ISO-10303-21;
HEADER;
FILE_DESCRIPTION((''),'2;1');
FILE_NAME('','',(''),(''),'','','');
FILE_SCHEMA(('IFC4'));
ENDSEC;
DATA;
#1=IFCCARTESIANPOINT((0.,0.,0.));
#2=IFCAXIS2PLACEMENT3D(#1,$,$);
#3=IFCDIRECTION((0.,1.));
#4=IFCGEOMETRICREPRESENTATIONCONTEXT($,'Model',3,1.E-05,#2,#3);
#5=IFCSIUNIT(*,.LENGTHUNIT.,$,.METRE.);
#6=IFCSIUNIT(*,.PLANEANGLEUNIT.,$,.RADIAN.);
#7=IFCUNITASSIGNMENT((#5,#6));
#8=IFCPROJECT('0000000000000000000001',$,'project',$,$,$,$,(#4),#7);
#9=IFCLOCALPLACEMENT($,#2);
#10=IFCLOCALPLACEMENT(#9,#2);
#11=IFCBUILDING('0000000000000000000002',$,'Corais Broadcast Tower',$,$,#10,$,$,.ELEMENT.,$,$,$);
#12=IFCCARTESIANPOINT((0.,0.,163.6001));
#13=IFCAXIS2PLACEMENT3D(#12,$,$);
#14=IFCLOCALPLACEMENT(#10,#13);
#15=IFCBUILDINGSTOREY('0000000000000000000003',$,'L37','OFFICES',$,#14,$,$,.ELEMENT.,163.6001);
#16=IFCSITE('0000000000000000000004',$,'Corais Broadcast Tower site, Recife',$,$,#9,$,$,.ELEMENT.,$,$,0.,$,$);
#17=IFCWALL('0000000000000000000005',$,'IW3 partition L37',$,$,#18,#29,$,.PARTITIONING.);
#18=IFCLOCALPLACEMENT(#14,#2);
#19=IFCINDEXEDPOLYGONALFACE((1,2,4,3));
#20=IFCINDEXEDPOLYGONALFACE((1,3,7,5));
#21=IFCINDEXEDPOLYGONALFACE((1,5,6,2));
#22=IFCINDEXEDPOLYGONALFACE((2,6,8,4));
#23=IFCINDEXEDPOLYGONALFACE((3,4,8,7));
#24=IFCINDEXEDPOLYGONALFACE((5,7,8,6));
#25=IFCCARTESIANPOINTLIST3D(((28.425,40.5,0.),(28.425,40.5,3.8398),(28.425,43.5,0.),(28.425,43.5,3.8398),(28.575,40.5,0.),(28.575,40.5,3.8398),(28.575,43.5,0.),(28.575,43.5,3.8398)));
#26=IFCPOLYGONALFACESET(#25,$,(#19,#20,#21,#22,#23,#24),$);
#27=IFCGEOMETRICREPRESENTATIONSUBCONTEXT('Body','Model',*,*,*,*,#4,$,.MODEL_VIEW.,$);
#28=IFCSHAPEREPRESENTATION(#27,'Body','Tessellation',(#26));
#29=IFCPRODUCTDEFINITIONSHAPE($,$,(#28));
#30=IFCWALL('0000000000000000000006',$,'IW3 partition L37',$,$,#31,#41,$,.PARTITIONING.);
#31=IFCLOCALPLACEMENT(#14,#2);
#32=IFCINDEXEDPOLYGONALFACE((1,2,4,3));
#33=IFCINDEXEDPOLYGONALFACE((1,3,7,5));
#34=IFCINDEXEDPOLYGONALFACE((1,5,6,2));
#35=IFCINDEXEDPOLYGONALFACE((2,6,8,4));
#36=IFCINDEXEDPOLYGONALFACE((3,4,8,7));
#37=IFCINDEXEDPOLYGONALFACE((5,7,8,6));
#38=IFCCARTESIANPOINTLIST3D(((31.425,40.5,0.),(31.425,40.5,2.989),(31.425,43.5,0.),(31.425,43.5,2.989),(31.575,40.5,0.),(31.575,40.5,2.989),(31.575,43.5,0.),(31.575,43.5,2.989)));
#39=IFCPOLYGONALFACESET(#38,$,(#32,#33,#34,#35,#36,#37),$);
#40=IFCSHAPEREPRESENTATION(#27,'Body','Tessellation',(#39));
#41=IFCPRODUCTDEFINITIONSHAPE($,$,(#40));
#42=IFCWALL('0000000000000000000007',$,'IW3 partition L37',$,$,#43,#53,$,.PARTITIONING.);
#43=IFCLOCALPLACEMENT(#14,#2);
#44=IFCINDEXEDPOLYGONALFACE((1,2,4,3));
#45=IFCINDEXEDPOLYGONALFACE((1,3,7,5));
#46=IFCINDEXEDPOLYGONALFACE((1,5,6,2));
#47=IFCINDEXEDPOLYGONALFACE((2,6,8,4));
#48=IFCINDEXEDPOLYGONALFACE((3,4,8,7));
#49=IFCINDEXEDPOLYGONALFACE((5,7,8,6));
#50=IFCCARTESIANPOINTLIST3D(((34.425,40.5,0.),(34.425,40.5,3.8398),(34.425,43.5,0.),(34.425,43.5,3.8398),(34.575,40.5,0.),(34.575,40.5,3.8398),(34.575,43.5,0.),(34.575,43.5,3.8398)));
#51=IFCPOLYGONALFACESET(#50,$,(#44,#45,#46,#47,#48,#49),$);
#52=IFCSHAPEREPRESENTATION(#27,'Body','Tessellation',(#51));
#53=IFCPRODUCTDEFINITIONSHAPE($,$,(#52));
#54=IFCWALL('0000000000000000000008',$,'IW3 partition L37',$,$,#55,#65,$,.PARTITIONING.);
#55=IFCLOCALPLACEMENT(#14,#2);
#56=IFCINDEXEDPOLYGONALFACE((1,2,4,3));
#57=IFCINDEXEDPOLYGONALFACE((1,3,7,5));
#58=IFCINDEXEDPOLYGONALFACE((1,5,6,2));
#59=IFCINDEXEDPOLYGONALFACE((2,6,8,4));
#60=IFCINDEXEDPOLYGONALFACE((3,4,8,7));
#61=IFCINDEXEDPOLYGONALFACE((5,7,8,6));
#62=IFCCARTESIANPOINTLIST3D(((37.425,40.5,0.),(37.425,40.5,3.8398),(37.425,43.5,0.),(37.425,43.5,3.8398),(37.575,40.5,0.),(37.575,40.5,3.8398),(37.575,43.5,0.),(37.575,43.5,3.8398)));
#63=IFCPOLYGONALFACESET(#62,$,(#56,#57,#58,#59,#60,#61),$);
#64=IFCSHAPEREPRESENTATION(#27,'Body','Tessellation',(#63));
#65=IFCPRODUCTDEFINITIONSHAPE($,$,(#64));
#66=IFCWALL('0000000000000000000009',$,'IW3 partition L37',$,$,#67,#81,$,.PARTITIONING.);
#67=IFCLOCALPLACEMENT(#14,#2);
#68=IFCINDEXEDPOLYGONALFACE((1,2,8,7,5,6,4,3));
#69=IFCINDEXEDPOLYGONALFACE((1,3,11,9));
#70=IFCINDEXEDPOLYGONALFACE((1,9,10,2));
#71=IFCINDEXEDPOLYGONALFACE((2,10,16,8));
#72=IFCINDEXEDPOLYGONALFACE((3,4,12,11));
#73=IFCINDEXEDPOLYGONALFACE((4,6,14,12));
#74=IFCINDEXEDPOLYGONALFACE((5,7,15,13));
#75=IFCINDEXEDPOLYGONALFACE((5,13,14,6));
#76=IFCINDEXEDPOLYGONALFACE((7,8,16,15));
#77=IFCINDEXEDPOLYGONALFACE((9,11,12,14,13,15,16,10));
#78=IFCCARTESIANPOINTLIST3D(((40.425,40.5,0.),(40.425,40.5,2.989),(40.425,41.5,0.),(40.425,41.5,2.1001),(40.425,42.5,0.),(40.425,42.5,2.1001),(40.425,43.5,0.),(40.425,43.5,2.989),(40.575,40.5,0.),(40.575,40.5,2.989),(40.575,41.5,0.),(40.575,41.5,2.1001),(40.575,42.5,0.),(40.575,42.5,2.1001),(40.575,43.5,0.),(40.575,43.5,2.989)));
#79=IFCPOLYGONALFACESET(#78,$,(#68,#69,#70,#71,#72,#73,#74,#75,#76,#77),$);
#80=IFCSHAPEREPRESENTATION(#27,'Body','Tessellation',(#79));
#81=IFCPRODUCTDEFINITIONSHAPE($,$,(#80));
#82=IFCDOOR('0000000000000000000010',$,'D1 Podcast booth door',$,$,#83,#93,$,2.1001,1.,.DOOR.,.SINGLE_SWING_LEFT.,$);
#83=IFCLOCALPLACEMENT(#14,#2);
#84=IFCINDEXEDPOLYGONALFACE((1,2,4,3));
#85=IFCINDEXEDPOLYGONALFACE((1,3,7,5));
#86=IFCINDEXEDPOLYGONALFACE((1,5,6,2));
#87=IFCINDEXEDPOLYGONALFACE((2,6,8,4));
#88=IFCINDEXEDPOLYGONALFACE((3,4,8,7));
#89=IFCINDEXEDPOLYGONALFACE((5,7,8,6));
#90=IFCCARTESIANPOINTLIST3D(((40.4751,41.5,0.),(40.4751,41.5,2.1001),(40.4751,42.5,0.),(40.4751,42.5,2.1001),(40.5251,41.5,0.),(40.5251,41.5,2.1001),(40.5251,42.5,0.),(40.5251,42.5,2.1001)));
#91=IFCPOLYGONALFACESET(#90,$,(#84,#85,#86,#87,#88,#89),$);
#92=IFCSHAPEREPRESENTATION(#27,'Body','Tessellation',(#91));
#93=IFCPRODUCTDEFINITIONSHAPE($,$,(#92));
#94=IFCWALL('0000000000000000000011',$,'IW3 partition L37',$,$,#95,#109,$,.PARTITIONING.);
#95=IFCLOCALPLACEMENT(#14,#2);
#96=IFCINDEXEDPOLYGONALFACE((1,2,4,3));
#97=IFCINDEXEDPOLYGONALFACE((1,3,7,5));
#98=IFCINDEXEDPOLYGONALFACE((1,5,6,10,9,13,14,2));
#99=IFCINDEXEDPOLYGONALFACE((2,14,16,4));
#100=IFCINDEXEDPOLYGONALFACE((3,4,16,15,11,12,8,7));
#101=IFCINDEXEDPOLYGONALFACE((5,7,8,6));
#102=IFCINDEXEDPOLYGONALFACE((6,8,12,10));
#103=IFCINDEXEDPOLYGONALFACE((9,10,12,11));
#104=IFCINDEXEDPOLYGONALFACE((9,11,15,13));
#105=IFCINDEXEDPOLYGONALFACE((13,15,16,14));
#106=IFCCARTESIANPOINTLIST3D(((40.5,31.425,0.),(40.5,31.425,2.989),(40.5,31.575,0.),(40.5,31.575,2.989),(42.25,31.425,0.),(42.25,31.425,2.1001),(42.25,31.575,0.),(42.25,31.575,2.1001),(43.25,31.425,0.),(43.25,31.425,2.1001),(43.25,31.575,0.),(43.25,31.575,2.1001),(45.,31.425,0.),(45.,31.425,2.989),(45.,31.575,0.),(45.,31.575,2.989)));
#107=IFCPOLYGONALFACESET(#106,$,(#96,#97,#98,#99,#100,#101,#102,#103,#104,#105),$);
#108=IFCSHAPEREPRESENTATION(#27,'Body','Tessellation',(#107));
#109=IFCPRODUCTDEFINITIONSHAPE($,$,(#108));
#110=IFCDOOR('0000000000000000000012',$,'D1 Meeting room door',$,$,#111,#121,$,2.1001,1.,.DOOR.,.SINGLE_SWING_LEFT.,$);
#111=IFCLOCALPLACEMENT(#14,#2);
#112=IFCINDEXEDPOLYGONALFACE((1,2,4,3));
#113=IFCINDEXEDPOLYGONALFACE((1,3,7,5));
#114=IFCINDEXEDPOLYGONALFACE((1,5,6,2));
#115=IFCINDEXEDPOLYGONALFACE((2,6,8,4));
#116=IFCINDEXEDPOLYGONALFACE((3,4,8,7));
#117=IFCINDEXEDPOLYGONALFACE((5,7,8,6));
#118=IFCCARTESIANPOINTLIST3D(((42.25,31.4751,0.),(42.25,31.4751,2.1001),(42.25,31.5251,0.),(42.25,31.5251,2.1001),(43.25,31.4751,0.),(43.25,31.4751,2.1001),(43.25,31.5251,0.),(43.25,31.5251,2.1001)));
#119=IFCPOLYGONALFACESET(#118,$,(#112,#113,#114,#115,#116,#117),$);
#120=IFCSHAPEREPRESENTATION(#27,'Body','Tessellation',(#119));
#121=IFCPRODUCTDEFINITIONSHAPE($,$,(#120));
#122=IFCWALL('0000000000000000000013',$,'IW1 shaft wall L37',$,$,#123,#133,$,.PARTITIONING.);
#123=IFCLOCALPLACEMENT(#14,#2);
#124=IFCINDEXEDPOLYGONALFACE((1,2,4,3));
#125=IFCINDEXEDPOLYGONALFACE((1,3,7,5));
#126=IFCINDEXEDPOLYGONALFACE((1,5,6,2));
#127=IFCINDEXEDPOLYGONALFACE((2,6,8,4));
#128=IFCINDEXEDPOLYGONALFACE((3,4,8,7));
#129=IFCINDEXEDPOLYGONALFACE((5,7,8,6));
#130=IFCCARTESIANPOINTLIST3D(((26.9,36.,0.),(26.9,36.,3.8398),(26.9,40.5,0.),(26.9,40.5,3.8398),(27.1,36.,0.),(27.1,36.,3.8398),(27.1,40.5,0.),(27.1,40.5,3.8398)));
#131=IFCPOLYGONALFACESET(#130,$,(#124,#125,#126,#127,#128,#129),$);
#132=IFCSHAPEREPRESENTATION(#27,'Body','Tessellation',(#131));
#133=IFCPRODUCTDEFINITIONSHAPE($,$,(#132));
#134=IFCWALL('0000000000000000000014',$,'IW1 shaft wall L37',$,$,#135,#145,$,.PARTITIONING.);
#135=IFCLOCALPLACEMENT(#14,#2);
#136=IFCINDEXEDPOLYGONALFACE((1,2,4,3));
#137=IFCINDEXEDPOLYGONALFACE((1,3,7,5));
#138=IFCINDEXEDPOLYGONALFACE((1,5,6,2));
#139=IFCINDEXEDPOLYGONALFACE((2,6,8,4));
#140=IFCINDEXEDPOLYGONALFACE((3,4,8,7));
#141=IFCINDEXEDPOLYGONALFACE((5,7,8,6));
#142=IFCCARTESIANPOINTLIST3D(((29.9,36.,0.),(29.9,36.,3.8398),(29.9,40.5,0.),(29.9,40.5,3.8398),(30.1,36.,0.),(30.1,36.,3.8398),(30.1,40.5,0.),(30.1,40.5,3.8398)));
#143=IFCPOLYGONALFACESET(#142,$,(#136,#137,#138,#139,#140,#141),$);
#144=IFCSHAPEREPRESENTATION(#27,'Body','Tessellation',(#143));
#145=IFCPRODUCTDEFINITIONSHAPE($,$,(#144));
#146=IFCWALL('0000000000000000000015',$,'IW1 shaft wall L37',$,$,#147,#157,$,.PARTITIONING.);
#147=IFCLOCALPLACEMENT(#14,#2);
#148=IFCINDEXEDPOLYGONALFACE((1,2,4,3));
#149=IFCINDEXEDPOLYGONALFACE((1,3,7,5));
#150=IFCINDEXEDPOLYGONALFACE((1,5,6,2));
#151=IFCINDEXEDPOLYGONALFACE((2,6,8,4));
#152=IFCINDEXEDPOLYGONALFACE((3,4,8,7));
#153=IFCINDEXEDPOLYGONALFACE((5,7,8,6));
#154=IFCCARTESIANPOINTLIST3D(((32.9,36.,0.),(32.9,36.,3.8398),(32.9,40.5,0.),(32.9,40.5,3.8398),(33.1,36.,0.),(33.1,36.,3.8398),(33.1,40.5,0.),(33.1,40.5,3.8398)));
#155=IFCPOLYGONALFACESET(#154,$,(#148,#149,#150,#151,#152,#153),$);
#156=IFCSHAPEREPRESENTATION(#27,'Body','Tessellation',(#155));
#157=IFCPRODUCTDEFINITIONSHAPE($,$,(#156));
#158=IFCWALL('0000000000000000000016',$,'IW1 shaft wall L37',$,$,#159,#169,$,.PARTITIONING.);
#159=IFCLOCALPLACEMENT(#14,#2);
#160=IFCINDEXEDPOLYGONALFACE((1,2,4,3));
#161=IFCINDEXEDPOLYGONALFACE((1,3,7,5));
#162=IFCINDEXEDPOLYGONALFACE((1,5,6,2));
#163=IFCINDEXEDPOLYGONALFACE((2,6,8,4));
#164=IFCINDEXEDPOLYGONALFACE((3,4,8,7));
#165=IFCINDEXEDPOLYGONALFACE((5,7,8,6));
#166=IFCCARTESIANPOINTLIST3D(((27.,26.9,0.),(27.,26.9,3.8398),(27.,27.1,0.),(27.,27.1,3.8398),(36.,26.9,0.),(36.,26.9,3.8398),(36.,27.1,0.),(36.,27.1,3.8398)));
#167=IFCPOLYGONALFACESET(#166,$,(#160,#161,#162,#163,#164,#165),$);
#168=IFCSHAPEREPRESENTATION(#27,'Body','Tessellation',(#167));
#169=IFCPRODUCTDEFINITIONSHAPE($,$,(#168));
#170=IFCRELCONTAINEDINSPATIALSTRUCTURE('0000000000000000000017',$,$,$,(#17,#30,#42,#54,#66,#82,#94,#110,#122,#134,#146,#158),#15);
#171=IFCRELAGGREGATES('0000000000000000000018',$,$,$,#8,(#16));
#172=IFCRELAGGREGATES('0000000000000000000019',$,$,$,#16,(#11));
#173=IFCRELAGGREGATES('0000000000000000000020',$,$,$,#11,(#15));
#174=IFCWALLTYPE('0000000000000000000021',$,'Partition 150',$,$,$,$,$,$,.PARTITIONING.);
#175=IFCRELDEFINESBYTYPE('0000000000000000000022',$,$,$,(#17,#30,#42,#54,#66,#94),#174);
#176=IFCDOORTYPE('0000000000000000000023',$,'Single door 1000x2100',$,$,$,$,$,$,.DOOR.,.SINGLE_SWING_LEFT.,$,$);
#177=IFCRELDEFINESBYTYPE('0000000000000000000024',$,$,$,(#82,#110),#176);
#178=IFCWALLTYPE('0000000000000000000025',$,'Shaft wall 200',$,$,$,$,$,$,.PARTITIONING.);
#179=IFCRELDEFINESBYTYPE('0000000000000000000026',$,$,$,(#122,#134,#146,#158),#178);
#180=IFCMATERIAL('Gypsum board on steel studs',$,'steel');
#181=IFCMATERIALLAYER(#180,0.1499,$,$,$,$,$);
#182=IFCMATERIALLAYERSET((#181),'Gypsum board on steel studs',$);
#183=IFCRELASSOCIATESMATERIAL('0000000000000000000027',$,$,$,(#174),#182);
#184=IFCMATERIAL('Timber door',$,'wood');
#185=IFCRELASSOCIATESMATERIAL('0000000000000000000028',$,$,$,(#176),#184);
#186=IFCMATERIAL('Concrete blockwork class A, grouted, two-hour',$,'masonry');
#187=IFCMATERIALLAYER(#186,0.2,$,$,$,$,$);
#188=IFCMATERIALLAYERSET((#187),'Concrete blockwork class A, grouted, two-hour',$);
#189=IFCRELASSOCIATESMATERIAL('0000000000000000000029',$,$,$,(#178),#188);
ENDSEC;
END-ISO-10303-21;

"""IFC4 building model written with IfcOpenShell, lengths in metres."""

from ifc_helpers import new_model, si_unit, direction, frame, frame_2d, origin, place, context, subcontext, project, spatial, rectangle, extrude, material, layer, layer_set, type_object, element, fill, save


model = new_model("IFC4")

# Units and contexts
model_context = context("Model", 3, precision=1e-05, world=origin(), true_north=direction((0.0, 1.0)))
body_context = subcontext(model_context, "Body", "Model", "MODEL_VIEW")
ifc_project = project(units=[si_unit("LENGTHUNIT", "METRE"), si_unit("PLANEANGLEUNIT", "RADIAN")], contexts=[model_context])

# Site, building, storey
site_placement = place(None, origin())
site = spatial("IfcSite", under=ifc_project, at=site_placement, Name="Corais Broadcast Tower site, Recife", CompositionType="ELEMENT", RefElevation=0.0)
building_placement = place(site_placement, origin())
building = spatial("IfcBuilding", under=site, at=building_placement, Name="Corais Broadcast Tower", CompositionType="ELEMENT")
storey_placement = place(building_placement, frame((0.0, 0.0, 163.6001)))
storey = spatial("IfcBuildingStorey", under=building, at=storey_placement, Name="L37", Description="OFFICES", CompositionType="ELEMENT", Elevation=163.6001)

# Walls
ifc_material_1 = material(Name="Gypsum board on steel studs", Category="steel")
ifc_layer_1 = layer(ifc_material_1, 0.1499)
ifc_layer_set_1 = layer_set([ifc_layer_1], Name="Gypsum board on steel studs")
wall_type_1 = type_object("IfcWallType", Name="Partition 150", PredefinedType="PARTITIONING", material=ifc_layer_set_1)
wall_1_placement = place(storey_placement, frame((28.5, 40.5, 0.0), z_axis=(0.0, 0.0, 1.0), x_axis=(0.0, 1.0, 0.0)))
element("IfcWall", 1, at=wall_1_placement, inside=storey, type_object=wall_type_1, Name="IW3 partition L37", PredefinedType="PARTITIONING", context=body_context, shape_type="SweptSolid", body=[
    extrude(rectangle(XDim=3.0, YDim=0.1499, at=frame_2d((1.5, 0.0))), origin(), (0.0, 0.0, 1.0), 3.8398),
])
wall_2_placement = place(storey_placement, frame((31.5, 40.5, 0.0), z_axis=(0.0, 0.0, 1.0), x_axis=(0.0, 1.0, 0.0)))
element("IfcWall", 2, at=wall_2_placement, inside=storey, type_object=wall_type_1, Name="IW3 partition L37", PredefinedType="PARTITIONING", context=body_context, shape_type="SweptSolid", body=[
    extrude(rectangle(XDim=3.0, YDim=0.1499, at=frame_2d((1.5, 0.0))), origin(), (0.0, 0.0, 1.0), 2.989),
])
for number, where, z_axis, x_axis, name in (
    (3, (34.5, 40.5, 0.0), (0.0, 0.0, 1.0), (0.0, 1.0, 0.0), "IW3 partition L37"),
    (4, (37.5, 40.5, 0.0), (0.0, 0.0, 1.0), (0.0, 1.0, 0.0), "IW3 partition L37"),
):
    element("IfcWall", number, at=place(storey_placement, frame(where, z_axis=z_axis, x_axis=x_axis)), inside=storey, type_object=wall_type_1, Name=name, PredefinedType="PARTITIONING", context=body_context, shape_type="SweptSolid", body=[
        extrude(rectangle(XDim=3.0, YDim=0.1499, at=frame_2d((1.5, 0.0))), origin(), (0.0, 0.0, 1.0), 3.8398),
    ])

# Walls, openings, doors
wall_3_placement = place(storey_placement, frame((40.5, 40.5, 0.0), z_axis=(0.0, 0.0, 1.0), x_axis=(0.0, 1.0, 0.0)))
wall_3 = element("IfcWall", 5, at=wall_3_placement, inside=storey, type_object=wall_type_1, Name="IW3 partition L37", PredefinedType="PARTITIONING", context=body_context, shape_type="SweptSolid", body=[
    extrude(rectangle(XDim=3.0, YDim=0.1499, at=frame_2d((1.5, 0.0))), origin(), (0.0, 0.0, 1.0), 2.989),
])
opening_1_placement = place(wall_3_placement, frame((1.0, 0.0, 0.0)))
opening_1 = element("IfcOpeningElement", 6, at=opening_1_placement, cuts=wall_3, PredefinedType="OPENING", context=body_context, shape_type="SweptSolid", body=[
    extrude(rectangle(XDim=1.0, YDim=2.1001, at=frame_2d((0.5, 1.05))), frame((0.0, 0.085, 0.0), z_axis=(0.0, -1.0, 0.0), x_axis=(1.0, 0.0, 0.0)), (0.0, 0.0, 1.0), 0.1699),
])
ifc_material_2 = material(Name="Timber door", Category="wood")
door_type = type_object("IfcDoorType", Name="Single door 1000x2100", OperationType="SINGLE_SWING_LEFT", PredefinedType="DOOR", material=ifc_material_2)
door_1_placement = place(opening_1_placement, origin())
door_1 = element("IfcDoor", 7, at=door_1_placement, inside=storey, type_object=door_type, Name="D1 Podcast booth door", OperationType="SINGLE_SWING_LEFT", OverallHeight=2.1001, OverallWidth=1.0, PredefinedType="DOOR", context=body_context, shape_type="SweptSolid", body=[
    extrude(rectangle(XDim=1.0, YDim=2.1001, at=frame_2d((0.5, 1.05))), frame((0.0, 0.0249, 0.0), z_axis=(0.0, -1.0, 0.0), x_axis=(1.0, 0.0, 0.0)), (0.0, 0.0, 1.0), 0.05),
])
fill(opening_1, door_1)
wall_4_placement = place(storey_placement, frame((45.0, 31.5, 0.0), z_axis=(0.0, 0.0, 1.0), x_axis=(-1.0, 0.0, 0.0)))
wall_4 = element("IfcWall", 8, at=wall_4_placement, inside=storey, type_object=wall_type_1, Name="IW3 partition L37", PredefinedType="PARTITIONING", context=body_context, shape_type="SweptSolid", body=[
    extrude(rectangle(XDim=4.5, YDim=0.1499, at=frame_2d((2.25, 0.0))), origin(), (0.0, 0.0, 1.0), 2.989),
])
opening_2_placement = place(wall_4_placement, frame((1.75, 0.0, 0.0)))
opening_2 = element("IfcOpeningElement", 9, at=opening_2_placement, cuts=wall_4, PredefinedType="OPENING", context=body_context, shape_type="SweptSolid", body=[
    extrude(rectangle(XDim=1.0, YDim=2.1001, at=frame_2d((0.5, 1.05))), frame((0.0, 0.085, 0.0), z_axis=(0.0, -1.0, 0.0), x_axis=(1.0, 0.0, 0.0)), (0.0, 0.0, 1.0), 0.1699),
])
door_2_placement = place(opening_2_placement, origin())
door_2 = element("IfcDoor", 10, at=door_2_placement, inside=storey, type_object=door_type, Name="D1 Meeting room door", OperationType="SINGLE_SWING_LEFT", OverallHeight=2.1001, OverallWidth=1.0, PredefinedType="DOOR", context=body_context, shape_type="SweptSolid", body=[
    extrude(rectangle(XDim=1.0, YDim=2.1001, at=frame_2d((0.5, 1.05))), frame((0.0, 0.0249, 0.0), z_axis=(0.0, -1.0, 0.0), x_axis=(1.0, 0.0, 0.0)), (0.0, 0.0, 1.0), 0.05),
])
fill(opening_2, door_2)

# Walls
ifc_material_3 = material(Name="Concrete blockwork class A, grouted, two-hour", Category="masonry")
ifc_layer_2 = layer(ifc_material_3, 0.2)
ifc_layer_set_2 = layer_set([ifc_layer_2], Name="Concrete blockwork class A, grouted, two-hour")
wall_type_2 = type_object("IfcWallType", Name="Shaft wall 200", PredefinedType="PARTITIONING", material=ifc_layer_set_2)
for number, where, z_axis, x_axis, name in (
    (11, (27.0, 36.0, 0.0), (0.0, 0.0, 1.0), (0.0, 1.0, 0.0), "IW1 shaft wall L37"),
    (12, (30.0, 36.0, 0.0), (0.0, 0.0, 1.0), (0.0, 1.0, 0.0), "IW1 shaft wall L37"),
    (13, (33.0, 36.0, 0.0), (0.0, 0.0, 1.0), (0.0, 1.0, 0.0), "IW1 shaft wall L37"),
):
    element("IfcWall", number, at=place(storey_placement, frame(where, z_axis=z_axis, x_axis=x_axis)), inside=storey, type_object=wall_type_2, Name=name, PredefinedType="PARTITIONING", context=body_context, shape_type="SweptSolid", body=[
        extrude(rectangle(XDim=4.5, YDim=0.2, at=frame_2d((2.25, 0.0))), origin(), (0.0, 0.0, 1.0), 3.8398),
    ])
wall_5_placement = place(storey_placement, frame((27.0, 27.0, 0.0), z_axis=(0.0, 0.0, 1.0), x_axis=(1.0, 0.0, 0.0)))
element("IfcWall", 14, at=wall_5_placement, inside=storey, type_object=wall_type_2, Name="IW1 shaft wall L37", PredefinedType="PARTITIONING", context=body_context, shape_type="SweptSolid", body=[
    extrude(rectangle(XDim=9.0, YDim=0.2, at=frame_2d((4.5, 0.0))), origin(), (0.0, 0.0, 1.0), 3.8398),
])

save(model, "model.ifc")
